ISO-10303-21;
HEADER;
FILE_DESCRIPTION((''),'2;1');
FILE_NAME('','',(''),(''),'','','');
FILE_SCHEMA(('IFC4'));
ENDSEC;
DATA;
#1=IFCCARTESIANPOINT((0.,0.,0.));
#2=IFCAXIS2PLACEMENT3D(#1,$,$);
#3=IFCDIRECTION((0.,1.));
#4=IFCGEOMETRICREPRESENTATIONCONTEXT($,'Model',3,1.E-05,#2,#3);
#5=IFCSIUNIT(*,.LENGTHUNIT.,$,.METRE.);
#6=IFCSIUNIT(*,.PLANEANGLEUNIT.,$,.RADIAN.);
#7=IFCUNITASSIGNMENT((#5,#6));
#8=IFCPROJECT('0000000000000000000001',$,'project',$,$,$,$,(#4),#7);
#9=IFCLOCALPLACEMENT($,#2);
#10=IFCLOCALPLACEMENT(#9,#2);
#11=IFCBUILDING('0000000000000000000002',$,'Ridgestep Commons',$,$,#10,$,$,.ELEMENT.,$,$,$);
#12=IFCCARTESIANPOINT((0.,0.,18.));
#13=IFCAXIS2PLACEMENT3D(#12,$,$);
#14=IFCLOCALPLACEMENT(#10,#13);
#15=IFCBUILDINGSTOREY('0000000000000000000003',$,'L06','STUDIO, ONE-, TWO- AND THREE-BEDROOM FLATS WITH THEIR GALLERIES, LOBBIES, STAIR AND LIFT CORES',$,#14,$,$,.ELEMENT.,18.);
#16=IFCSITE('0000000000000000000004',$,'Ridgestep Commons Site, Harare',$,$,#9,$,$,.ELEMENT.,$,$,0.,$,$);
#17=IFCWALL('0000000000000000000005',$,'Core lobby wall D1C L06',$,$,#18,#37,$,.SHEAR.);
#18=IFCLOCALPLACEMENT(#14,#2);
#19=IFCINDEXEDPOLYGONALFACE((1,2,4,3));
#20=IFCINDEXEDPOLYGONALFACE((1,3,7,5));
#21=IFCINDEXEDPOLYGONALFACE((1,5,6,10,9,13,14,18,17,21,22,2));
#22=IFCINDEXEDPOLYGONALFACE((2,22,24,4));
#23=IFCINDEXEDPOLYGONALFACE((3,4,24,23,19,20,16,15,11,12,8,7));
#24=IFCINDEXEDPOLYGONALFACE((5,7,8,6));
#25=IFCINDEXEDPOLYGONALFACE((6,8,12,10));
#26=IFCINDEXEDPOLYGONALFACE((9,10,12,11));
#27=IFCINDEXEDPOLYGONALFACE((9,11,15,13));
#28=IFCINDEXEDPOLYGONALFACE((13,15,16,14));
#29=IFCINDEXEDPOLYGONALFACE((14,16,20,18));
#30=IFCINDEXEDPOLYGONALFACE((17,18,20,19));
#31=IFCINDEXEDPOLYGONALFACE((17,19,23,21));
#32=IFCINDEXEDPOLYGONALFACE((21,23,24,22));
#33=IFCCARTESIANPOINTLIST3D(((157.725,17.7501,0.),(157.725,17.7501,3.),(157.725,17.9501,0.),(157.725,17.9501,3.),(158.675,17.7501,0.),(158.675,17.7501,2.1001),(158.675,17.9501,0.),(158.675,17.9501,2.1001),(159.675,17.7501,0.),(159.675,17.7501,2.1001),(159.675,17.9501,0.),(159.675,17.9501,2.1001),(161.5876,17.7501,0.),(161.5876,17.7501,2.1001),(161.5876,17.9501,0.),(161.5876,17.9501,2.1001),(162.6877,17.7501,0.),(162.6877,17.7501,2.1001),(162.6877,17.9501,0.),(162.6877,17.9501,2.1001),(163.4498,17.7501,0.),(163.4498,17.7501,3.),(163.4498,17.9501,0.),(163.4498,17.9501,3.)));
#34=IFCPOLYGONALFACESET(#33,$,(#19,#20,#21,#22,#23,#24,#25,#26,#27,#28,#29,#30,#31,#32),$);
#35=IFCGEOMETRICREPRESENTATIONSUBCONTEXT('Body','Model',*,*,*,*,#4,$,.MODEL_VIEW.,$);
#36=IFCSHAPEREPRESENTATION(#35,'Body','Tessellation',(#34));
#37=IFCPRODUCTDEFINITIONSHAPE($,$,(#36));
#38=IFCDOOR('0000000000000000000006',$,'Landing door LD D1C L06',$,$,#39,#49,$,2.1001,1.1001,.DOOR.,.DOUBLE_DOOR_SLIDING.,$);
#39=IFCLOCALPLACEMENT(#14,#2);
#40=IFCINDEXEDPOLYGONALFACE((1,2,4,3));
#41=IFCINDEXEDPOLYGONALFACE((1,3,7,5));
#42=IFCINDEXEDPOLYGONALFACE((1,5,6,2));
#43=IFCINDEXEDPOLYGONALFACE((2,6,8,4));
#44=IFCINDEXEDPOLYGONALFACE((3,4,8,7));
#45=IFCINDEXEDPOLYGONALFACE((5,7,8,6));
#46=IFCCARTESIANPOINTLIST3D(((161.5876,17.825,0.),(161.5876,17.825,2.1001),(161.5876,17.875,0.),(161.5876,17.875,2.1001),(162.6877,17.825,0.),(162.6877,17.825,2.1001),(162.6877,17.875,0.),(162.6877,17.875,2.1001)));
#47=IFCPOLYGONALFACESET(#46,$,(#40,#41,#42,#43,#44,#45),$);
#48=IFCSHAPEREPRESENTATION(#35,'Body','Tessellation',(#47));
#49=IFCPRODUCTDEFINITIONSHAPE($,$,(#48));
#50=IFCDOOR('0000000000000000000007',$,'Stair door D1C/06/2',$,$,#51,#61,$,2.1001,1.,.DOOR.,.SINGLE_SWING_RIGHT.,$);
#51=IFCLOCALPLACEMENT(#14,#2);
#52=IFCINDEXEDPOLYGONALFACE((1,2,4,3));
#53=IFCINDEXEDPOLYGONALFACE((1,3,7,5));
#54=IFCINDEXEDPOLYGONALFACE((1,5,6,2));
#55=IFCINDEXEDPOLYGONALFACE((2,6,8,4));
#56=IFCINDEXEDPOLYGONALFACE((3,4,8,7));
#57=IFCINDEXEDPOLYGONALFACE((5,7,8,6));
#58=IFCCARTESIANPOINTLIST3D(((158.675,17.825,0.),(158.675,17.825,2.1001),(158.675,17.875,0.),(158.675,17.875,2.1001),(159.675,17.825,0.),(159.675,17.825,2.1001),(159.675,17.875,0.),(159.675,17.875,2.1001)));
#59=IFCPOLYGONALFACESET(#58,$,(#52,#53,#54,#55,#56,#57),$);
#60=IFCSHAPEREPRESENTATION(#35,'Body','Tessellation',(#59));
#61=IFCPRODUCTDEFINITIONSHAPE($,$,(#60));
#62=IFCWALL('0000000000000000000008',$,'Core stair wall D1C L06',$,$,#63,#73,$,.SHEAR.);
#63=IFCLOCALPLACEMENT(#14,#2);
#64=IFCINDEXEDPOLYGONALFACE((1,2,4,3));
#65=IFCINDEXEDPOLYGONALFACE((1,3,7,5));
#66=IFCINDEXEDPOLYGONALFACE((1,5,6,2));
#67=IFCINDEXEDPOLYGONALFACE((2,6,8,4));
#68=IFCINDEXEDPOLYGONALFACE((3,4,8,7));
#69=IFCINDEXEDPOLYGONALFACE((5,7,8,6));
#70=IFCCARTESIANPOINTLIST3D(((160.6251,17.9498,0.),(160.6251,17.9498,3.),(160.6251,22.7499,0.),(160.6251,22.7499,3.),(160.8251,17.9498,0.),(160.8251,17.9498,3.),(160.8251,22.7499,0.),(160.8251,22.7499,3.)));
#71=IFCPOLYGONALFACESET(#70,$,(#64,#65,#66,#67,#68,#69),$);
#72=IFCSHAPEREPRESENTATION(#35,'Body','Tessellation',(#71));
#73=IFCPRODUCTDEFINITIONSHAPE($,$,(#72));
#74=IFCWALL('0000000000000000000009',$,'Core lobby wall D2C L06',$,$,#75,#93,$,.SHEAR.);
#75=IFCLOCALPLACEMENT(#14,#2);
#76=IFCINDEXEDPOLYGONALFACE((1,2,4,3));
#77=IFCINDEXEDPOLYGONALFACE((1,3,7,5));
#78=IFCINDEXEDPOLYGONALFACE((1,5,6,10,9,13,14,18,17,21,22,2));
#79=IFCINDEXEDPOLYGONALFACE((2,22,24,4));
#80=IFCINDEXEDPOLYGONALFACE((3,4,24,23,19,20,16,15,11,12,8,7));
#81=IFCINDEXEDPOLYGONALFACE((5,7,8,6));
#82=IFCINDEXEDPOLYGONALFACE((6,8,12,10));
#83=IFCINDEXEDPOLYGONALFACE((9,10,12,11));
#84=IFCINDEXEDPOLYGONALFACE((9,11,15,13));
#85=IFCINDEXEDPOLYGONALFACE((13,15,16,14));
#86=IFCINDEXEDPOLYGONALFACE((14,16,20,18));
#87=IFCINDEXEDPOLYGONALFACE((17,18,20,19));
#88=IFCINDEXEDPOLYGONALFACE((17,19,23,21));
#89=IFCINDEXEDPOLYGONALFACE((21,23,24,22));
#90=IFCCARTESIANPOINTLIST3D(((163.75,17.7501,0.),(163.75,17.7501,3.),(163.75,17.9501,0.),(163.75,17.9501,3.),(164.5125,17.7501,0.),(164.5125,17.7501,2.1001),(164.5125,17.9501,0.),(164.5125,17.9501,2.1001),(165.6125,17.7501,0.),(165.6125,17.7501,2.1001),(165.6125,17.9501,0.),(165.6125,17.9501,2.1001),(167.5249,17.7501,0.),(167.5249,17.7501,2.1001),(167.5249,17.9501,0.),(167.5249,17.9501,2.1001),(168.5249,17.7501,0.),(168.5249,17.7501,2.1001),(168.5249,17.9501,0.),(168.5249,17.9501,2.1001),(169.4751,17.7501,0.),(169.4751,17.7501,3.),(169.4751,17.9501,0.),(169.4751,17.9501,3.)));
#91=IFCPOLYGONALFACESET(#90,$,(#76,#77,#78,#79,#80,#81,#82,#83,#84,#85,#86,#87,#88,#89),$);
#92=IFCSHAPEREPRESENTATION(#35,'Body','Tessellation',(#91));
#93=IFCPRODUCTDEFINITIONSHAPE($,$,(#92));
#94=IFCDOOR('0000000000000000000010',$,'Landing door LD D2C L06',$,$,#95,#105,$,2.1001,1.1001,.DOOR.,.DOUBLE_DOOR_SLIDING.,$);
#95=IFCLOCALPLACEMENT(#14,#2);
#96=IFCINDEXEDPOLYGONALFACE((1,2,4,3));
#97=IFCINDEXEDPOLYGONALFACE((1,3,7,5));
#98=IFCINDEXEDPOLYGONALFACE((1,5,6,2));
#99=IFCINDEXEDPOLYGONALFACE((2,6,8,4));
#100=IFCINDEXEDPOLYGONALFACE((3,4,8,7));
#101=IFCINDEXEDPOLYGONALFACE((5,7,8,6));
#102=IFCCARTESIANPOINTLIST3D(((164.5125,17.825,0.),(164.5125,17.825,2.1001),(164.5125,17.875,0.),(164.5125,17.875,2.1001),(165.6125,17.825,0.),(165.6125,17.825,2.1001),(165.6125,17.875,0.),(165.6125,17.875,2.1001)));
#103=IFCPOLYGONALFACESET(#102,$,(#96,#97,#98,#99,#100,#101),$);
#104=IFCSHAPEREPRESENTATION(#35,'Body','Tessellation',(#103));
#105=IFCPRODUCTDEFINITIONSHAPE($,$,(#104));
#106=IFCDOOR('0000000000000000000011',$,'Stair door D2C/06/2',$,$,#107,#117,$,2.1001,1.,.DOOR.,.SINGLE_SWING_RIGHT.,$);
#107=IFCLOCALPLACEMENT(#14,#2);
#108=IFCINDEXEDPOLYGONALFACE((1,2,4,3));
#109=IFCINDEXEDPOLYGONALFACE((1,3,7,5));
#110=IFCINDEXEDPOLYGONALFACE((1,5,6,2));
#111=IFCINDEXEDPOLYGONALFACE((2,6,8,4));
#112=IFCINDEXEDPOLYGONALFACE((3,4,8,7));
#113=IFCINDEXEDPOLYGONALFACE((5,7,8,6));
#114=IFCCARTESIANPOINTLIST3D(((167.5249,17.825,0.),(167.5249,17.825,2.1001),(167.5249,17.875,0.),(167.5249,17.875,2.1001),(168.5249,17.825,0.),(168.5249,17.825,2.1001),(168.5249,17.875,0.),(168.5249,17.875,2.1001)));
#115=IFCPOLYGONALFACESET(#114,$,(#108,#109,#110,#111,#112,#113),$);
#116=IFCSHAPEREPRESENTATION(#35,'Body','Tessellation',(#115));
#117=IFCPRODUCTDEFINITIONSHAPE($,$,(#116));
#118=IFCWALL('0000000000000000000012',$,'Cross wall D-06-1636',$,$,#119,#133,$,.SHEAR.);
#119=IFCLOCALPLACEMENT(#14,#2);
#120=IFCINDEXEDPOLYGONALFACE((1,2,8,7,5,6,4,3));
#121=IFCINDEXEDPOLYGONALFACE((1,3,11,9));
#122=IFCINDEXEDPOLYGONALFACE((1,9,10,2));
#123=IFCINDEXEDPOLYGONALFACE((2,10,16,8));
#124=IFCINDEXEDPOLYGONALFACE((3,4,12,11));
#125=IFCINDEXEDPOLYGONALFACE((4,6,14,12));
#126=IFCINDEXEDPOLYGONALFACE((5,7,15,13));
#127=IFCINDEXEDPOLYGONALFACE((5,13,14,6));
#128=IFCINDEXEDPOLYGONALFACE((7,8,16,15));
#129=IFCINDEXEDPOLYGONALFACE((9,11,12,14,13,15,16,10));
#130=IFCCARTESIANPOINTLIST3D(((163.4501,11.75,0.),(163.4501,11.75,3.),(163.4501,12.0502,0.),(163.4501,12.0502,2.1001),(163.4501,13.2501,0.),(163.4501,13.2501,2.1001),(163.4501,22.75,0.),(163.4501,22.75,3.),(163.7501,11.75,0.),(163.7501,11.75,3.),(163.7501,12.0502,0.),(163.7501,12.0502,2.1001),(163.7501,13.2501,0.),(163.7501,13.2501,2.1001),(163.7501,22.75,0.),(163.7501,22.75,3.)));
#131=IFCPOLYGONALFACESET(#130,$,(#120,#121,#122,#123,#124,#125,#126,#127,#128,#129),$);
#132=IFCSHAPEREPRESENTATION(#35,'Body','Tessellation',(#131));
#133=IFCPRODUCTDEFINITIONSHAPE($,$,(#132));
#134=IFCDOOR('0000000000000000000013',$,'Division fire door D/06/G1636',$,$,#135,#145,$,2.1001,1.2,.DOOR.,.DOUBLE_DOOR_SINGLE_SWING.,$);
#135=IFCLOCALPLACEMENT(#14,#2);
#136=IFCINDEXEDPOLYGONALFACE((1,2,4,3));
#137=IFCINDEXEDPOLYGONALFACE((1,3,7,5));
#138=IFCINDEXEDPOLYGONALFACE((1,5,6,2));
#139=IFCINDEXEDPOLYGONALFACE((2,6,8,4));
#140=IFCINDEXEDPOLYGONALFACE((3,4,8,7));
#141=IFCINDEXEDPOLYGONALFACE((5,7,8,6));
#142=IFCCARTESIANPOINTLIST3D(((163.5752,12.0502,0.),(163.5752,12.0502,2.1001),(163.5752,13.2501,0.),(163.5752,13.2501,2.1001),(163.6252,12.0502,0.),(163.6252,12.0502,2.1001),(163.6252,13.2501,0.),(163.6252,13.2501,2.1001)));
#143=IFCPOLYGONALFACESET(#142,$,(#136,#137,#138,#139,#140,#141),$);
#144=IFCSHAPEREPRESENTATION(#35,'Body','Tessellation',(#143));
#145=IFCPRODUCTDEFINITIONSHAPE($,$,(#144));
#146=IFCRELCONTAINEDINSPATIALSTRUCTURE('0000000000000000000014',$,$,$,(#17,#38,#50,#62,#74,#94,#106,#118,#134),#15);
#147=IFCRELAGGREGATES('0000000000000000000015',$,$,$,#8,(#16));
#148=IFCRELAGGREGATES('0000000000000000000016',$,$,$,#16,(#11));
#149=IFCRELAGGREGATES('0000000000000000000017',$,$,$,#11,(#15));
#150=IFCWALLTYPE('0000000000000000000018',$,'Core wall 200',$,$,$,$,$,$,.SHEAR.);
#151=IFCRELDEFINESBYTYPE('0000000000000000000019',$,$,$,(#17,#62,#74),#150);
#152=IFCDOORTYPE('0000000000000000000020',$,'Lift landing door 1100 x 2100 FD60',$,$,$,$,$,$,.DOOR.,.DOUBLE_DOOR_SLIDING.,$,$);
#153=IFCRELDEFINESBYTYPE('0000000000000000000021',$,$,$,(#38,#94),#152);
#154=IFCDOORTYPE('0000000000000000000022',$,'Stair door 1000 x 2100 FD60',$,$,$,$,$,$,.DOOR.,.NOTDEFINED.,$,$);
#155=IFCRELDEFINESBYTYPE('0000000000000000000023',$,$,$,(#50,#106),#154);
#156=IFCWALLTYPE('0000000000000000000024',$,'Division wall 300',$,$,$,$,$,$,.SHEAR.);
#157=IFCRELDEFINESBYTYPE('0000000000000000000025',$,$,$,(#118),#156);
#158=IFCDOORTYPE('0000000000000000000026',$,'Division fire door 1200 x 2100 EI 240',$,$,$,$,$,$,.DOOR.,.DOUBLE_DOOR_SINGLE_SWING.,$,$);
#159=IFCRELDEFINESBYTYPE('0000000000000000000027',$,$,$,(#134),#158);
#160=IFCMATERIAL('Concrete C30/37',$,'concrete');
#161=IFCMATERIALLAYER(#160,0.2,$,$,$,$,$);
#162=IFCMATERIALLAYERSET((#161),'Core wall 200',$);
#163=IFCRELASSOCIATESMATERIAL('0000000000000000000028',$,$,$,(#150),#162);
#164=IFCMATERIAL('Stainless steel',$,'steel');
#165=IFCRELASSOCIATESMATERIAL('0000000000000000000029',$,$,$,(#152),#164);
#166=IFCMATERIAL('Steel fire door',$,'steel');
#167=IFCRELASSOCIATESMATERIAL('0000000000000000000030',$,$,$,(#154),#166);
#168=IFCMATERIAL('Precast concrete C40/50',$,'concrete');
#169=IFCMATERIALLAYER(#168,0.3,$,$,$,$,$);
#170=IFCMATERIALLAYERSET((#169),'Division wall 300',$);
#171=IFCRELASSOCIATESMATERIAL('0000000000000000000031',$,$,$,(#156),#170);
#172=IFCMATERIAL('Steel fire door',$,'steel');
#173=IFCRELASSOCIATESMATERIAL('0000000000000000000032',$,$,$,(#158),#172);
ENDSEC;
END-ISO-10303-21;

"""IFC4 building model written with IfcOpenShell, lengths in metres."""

from ifc_helpers import new_model, si_unit, direction, frame, frame_2d, origin, place, context, subcontext, project, spatial, rectangle, extrude, material, layer, layer_set, type_object, element, fill, save


model = new_model("IFC4")

# Units and contexts
model_context = context("Model", 3, precision=1e-05, world=origin(), true_north=direction((0.0, 1.0)))
body_context = subcontext(model_context, "Body", "Model", "MODEL_VIEW")
ifc_project = project(units=[si_unit("LENGTHUNIT", "METRE"), si_unit("PLANEANGLEUNIT", "RADIAN")], contexts=[model_context])

# Site, building, storey
site_placement = place(None, origin())
site = spatial("IfcSite", under=ifc_project, at=site_placement, Name="Ridgestep Commons Site, Harare", CompositionType="ELEMENT", RefElevation=0.0)
building_placement = place(site_placement, origin())
building = spatial("IfcBuilding", under=site, at=building_placement, Name="Ridgestep Commons", CompositionType="ELEMENT")
storey_placement = place(building_placement, frame((0.0, 0.0, 18.0)))
storey = spatial("IfcBuildingStorey", under=building, at=storey_placement, Name="L06", Description="STUDIO, ONE-, TWO- AND THREE-BEDROOM FLATS WITH THEIR GALLERIES, LOBBIES, STAIR AND LIFT CORES", CompositionType="ELEMENT", Elevation=18.0)

# Wall, openings, doors
ifc_material_1 = material(Name="Concrete C30/37", Category="concrete")
ifc_layer_1 = layer(ifc_material_1, 0.2)
ifc_layer_set_1 = layer_set([ifc_layer_1], Name="Core wall 200")
wall_type_1 = type_object("IfcWallType", Name="Core wall 200", PredefinedType="SHEAR", material=ifc_layer_set_1)
wall_1_placement = place(storey_placement, frame((157.7251, 17.8501, 0.0), z_axis=(0.0, 0.0, 1.0), x_axis=(1.0, 0.0, 0.0)))
wall_1 = element("IfcWall", 1, at=wall_1_placement, inside=storey, type_object=wall_type_1, Name="Core lobby wall D1C L06", PredefinedType="SHEAR", context=body_context, shape_type="SweptSolid", body=[
    extrude(rectangle(XDim=5.7249, YDim=0.2, at=frame_2d((2.8623, 0.0))), origin(), (0.0, 0.0, 1.0), 3.0),
])
opening_1_placement = place(wall_1_placement, frame((0.95, 0.0, 0.0)))
opening_1 = element("IfcOpeningElement", 2, at=opening_1_placement, cuts=wall_1, PredefinedType="OPENING", context=body_context, shape_type="SweptSolid", body=[
    extrude(rectangle(XDim=1.0, YDim=2.1001, at=frame_2d((0.5, 1.05))), frame((0.0, 0.1099, 0.0), z_axis=(0.0, -1.0, 0.0), x_axis=(1.0, 0.0, 0.0)), (0.0, 0.0, 1.0), 0.22),
])
opening_2_placement = place(wall_1_placement, frame((3.8625, 0.0, 0.0)))
opening_2 = element("IfcOpeningElement", 3, at=opening_2_placement, cuts=wall_1, PredefinedType="OPENING", context=body_context, shape_type="SweptSolid", body=[
    extrude(rectangle(XDim=1.1001, YDim=2.1001, at=frame_2d((0.55, 1.05))), frame((0.0, 0.1099, 0.0), z_axis=(0.0, -1.0, 0.0), x_axis=(1.0, 0.0, 0.0)), (0.0, 0.0, 1.0), 0.22),
])
ifc_material_2 = material(Name="Stainless steel", Category="steel")
door_type_1 = type_object("IfcDoorType", Name="Lift landing door 1100 x 2100 FD60", OperationType="DOUBLE_DOOR_SLIDING", PredefinedType="DOOR", material=ifc_material_2)
door_1_placement = place(opening_2_placement, origin())
door_1 = element("IfcDoor", 4, at=door_1_placement, inside=storey, type_object=door_type_1, Name="Landing door LD D1C L06", OperationType="DOUBLE_DOOR_SLIDING", OverallHeight=2.1001, OverallWidth=1.1001, PredefinedType="DOOR", context=body_context, shape_type="SweptSolid", body=[
    extrude(rectangle(XDim=1.1001, YDim=2.1001, at=frame_2d((0.55, 1.05))), frame((0.0, 0.0249, 0.0), z_axis=(0.0, -1.0, 0.0), x_axis=(1.0, 0.0, 0.0)), (0.0, 0.0, 1.0), 0.05),
])
fill(opening_2, door_1)
ifc_material_3 = material(Name="Steel fire door", Category="steel")
door_type_2 = type_object("IfcDoorType", Name="Stair door 1000 x 2100 FD60", OperationType="NOTDEFINED", PredefinedType="DOOR", material=ifc_material_3)
door_2_placement = place(opening_1_placement, origin())
door_2 = element("IfcDoor", 5, at=door_2_placement, inside=storey, type_object=door_type_2, Name="Stair door D1C/06/2", OperationType="SINGLE_SWING_RIGHT", OverallHeight=2.1001, OverallWidth=1.0, PredefinedType="DOOR", context=body_context, shape_type="SweptSolid", body=[
    extrude(rectangle(XDim=1.0, YDim=2.1001, at=frame_2d((0.5, 1.05))), frame((0.0, 0.0249, 0.0), z_axis=(0.0, -1.0, 0.0), x_axis=(1.0, 0.0, 0.0)), (0.0, 0.0, 1.0), 0.05),
])
fill(opening_1, door_2)

# Wall
wall_2_placement = place(storey_placement, frame((160.7251, 17.95, 0.0), z_axis=(0.0, 0.0, 1.0), x_axis=(0.0, 1.0, 0.0)))
element("IfcWall", 6, at=wall_2_placement, inside=storey, type_object=wall_type_1, Name="Core stair wall D1C L06", PredefinedType="SHEAR", context=body_context, shape_type="SweptSolid", body=[
    extrude(rectangle(XDim=4.8, YDim=0.2, at=frame_2d((2.3999, 0.0))), origin(), (0.0, 0.0, 1.0), 3.0),
])

# Wall, openings, doors
wall_3_placement = place(storey_placement, frame((163.75, 17.8501, 0.0), z_axis=(0.0, 0.0, 1.0), x_axis=(1.0, 0.0, 0.0)))
wall_3 = element("IfcWall", 7, at=wall_3_placement, inside=storey, type_object=wall_type_1, Name="Core lobby wall D2C L06", PredefinedType="SHEAR", context=body_context, shape_type="SweptSolid", body=[
    extrude(rectangle(XDim=5.7251, YDim=0.2, at=frame_2d((2.8625, 0.0))), origin(), (0.0, 0.0, 1.0), 3.0),
])
opening_3_placement = place(wall_3_placement, frame((3.7749, 0.0, 0.0)))
opening_3 = element("IfcOpeningElement", 8, at=opening_3_placement, cuts=wall_3, PredefinedType="OPENING", context=body_context, shape_type="SweptSolid", body=[
    extrude(rectangle(XDim=1.0, YDim=2.1001, at=frame_2d((0.5, 1.05))), frame((0.0, 0.1099, 0.0), z_axis=(0.0, -1.0, 0.0), x_axis=(1.0, 0.0, 0.0)), (0.0, 0.0, 1.0), 0.22),
])
opening_4_placement = place(wall_3_placement, frame((0.7625, 0.0, 0.0)))
opening_4 = element("IfcOpeningElement", 9, at=opening_4_placement, cuts=wall_3, PredefinedType="OPENING", context=body_context, shape_type="SweptSolid", body=[
    extrude(rectangle(XDim=1.1001, YDim=2.1001, at=frame_2d((0.55, 1.05))), frame((0.0, 0.1099, 0.0), z_axis=(0.0, -1.0, 0.0), x_axis=(1.0, 0.0, 0.0)), (0.0, 0.0, 1.0), 0.22),
])
door_3_placement = place(opening_4_placement, origin())
door_3 = element("IfcDoor", 10, at=door_3_placement, inside=storey, type_object=door_type_1, Name="Landing door LD D2C L06", OperationType="DOUBLE_DOOR_SLIDING", OverallHeight=2.1001, OverallWidth=1.1001, PredefinedType="DOOR", context=body_context, shape_type="SweptSolid", body=[
    extrude(rectangle(XDim=1.1001, YDim=2.1001, at=frame_2d((0.55, 1.05))), frame((0.0, 0.0249, 0.0), z_axis=(0.0, -1.0, 0.0), x_axis=(1.0, 0.0, 0.0)), (0.0, 0.0, 1.0), 0.05),
])
fill(opening_4, door_3)
door_4_placement = place(opening_3_placement, origin())
door_4 = element("IfcDoor", 11, at=door_4_placement, inside=storey, type_object=door_type_2, Name="Stair door D2C/06/2", OperationType="SINGLE_SWING_RIGHT", OverallHeight=2.1001, OverallWidth=1.0, PredefinedType="DOOR", context=body_context, shape_type="SweptSolid", body=[
    extrude(rectangle(XDim=1.0, YDim=2.1001, at=frame_2d((0.5, 1.05))), frame((0.0, 0.0249, 0.0), z_axis=(0.0, -1.0, 0.0), x_axis=(1.0, 0.0, 0.0)), (0.0, 0.0, 1.0), 0.05),
])
fill(opening_3, door_4)

# Wall, opening, door
ifc_material_4 = material(Name="Precast concrete C40/50", Category="concrete")
ifc_layer_2 = layer(ifc_material_4, 0.3)
ifc_layer_set_2 = layer_set([ifc_layer_2], Name="Division wall 300")
wall_type_2 = type_object("IfcWallType", Name="Division wall 300", PredefinedType="SHEAR", material=ifc_layer_set_2)
wall_4_placement = place(storey_placement, frame((163.6001, 11.75, 0.0), z_axis=(0.0, 0.0, 1.0), x_axis=(0.0, 1.0, 0.0)))
wall_4 = element("IfcWall", 12, at=wall_4_placement, inside=storey, type_object=wall_type_2, Name="Cross wall D-06-1636", PredefinedType="SHEAR", context=body_context, shape_type="SweptSolid", body=[
    extrude(rectangle(XDim=11.0, YDim=0.3, at=frame_2d((5.5, 0.0))), origin(), (0.0, 0.0, 1.0), 3.0),
])
opening_5_placement = place(wall_4_placement, frame((0.3, 0.0, 0.0)))
opening_5 = element("IfcOpeningElement", 13, at=opening_5_placement, cuts=wall_4, PredefinedType="OPENING", context=body_context, shape_type="SweptSolid", body=[
    extrude(rectangle(XDim=1.2, YDim=2.1001, at=frame_2d((0.6001, 1.05))), frame((0.0, 0.1599, 0.0), z_axis=(0.0, -1.0, 0.0), x_axis=(1.0, 0.0, 0.0)), (0.0, 0.0, 1.0), 0.3201),
])
ifc_material_5 = material(Name="Steel fire door", Category="steel")
door_type_3 = type_object("IfcDoorType", Name="Division fire door 1200 x 2100 EI 240", OperationType="DOUBLE_DOOR_SINGLE_SWING", PredefinedType="DOOR", material=ifc_material_5)
door_5_placement = place(opening_5_placement, origin())
door_5 = element("IfcDoor", 14, at=door_5_placement, inside=storey, type_object=door_type_3, Name="Division fire door D/06/G1636", OperationType="DOUBLE_DOOR_SINGLE_SWING", OverallHeight=2.1001, OverallWidth=1.2, PredefinedType="DOOR", context=body_context, shape_type="SweptSolid", body=[
    extrude(rectangle(XDim=1.2, YDim=2.1001, at=frame_2d((0.6001, 1.05))), frame((0.0, 0.0249, 0.0), z_axis=(0.0, -1.0, 0.0), x_axis=(1.0, 0.0, 0.0)), (0.0, 0.0, 1.0), 0.05),
])
fill(opening_5, door_5)

save(model, "model.ifc")
